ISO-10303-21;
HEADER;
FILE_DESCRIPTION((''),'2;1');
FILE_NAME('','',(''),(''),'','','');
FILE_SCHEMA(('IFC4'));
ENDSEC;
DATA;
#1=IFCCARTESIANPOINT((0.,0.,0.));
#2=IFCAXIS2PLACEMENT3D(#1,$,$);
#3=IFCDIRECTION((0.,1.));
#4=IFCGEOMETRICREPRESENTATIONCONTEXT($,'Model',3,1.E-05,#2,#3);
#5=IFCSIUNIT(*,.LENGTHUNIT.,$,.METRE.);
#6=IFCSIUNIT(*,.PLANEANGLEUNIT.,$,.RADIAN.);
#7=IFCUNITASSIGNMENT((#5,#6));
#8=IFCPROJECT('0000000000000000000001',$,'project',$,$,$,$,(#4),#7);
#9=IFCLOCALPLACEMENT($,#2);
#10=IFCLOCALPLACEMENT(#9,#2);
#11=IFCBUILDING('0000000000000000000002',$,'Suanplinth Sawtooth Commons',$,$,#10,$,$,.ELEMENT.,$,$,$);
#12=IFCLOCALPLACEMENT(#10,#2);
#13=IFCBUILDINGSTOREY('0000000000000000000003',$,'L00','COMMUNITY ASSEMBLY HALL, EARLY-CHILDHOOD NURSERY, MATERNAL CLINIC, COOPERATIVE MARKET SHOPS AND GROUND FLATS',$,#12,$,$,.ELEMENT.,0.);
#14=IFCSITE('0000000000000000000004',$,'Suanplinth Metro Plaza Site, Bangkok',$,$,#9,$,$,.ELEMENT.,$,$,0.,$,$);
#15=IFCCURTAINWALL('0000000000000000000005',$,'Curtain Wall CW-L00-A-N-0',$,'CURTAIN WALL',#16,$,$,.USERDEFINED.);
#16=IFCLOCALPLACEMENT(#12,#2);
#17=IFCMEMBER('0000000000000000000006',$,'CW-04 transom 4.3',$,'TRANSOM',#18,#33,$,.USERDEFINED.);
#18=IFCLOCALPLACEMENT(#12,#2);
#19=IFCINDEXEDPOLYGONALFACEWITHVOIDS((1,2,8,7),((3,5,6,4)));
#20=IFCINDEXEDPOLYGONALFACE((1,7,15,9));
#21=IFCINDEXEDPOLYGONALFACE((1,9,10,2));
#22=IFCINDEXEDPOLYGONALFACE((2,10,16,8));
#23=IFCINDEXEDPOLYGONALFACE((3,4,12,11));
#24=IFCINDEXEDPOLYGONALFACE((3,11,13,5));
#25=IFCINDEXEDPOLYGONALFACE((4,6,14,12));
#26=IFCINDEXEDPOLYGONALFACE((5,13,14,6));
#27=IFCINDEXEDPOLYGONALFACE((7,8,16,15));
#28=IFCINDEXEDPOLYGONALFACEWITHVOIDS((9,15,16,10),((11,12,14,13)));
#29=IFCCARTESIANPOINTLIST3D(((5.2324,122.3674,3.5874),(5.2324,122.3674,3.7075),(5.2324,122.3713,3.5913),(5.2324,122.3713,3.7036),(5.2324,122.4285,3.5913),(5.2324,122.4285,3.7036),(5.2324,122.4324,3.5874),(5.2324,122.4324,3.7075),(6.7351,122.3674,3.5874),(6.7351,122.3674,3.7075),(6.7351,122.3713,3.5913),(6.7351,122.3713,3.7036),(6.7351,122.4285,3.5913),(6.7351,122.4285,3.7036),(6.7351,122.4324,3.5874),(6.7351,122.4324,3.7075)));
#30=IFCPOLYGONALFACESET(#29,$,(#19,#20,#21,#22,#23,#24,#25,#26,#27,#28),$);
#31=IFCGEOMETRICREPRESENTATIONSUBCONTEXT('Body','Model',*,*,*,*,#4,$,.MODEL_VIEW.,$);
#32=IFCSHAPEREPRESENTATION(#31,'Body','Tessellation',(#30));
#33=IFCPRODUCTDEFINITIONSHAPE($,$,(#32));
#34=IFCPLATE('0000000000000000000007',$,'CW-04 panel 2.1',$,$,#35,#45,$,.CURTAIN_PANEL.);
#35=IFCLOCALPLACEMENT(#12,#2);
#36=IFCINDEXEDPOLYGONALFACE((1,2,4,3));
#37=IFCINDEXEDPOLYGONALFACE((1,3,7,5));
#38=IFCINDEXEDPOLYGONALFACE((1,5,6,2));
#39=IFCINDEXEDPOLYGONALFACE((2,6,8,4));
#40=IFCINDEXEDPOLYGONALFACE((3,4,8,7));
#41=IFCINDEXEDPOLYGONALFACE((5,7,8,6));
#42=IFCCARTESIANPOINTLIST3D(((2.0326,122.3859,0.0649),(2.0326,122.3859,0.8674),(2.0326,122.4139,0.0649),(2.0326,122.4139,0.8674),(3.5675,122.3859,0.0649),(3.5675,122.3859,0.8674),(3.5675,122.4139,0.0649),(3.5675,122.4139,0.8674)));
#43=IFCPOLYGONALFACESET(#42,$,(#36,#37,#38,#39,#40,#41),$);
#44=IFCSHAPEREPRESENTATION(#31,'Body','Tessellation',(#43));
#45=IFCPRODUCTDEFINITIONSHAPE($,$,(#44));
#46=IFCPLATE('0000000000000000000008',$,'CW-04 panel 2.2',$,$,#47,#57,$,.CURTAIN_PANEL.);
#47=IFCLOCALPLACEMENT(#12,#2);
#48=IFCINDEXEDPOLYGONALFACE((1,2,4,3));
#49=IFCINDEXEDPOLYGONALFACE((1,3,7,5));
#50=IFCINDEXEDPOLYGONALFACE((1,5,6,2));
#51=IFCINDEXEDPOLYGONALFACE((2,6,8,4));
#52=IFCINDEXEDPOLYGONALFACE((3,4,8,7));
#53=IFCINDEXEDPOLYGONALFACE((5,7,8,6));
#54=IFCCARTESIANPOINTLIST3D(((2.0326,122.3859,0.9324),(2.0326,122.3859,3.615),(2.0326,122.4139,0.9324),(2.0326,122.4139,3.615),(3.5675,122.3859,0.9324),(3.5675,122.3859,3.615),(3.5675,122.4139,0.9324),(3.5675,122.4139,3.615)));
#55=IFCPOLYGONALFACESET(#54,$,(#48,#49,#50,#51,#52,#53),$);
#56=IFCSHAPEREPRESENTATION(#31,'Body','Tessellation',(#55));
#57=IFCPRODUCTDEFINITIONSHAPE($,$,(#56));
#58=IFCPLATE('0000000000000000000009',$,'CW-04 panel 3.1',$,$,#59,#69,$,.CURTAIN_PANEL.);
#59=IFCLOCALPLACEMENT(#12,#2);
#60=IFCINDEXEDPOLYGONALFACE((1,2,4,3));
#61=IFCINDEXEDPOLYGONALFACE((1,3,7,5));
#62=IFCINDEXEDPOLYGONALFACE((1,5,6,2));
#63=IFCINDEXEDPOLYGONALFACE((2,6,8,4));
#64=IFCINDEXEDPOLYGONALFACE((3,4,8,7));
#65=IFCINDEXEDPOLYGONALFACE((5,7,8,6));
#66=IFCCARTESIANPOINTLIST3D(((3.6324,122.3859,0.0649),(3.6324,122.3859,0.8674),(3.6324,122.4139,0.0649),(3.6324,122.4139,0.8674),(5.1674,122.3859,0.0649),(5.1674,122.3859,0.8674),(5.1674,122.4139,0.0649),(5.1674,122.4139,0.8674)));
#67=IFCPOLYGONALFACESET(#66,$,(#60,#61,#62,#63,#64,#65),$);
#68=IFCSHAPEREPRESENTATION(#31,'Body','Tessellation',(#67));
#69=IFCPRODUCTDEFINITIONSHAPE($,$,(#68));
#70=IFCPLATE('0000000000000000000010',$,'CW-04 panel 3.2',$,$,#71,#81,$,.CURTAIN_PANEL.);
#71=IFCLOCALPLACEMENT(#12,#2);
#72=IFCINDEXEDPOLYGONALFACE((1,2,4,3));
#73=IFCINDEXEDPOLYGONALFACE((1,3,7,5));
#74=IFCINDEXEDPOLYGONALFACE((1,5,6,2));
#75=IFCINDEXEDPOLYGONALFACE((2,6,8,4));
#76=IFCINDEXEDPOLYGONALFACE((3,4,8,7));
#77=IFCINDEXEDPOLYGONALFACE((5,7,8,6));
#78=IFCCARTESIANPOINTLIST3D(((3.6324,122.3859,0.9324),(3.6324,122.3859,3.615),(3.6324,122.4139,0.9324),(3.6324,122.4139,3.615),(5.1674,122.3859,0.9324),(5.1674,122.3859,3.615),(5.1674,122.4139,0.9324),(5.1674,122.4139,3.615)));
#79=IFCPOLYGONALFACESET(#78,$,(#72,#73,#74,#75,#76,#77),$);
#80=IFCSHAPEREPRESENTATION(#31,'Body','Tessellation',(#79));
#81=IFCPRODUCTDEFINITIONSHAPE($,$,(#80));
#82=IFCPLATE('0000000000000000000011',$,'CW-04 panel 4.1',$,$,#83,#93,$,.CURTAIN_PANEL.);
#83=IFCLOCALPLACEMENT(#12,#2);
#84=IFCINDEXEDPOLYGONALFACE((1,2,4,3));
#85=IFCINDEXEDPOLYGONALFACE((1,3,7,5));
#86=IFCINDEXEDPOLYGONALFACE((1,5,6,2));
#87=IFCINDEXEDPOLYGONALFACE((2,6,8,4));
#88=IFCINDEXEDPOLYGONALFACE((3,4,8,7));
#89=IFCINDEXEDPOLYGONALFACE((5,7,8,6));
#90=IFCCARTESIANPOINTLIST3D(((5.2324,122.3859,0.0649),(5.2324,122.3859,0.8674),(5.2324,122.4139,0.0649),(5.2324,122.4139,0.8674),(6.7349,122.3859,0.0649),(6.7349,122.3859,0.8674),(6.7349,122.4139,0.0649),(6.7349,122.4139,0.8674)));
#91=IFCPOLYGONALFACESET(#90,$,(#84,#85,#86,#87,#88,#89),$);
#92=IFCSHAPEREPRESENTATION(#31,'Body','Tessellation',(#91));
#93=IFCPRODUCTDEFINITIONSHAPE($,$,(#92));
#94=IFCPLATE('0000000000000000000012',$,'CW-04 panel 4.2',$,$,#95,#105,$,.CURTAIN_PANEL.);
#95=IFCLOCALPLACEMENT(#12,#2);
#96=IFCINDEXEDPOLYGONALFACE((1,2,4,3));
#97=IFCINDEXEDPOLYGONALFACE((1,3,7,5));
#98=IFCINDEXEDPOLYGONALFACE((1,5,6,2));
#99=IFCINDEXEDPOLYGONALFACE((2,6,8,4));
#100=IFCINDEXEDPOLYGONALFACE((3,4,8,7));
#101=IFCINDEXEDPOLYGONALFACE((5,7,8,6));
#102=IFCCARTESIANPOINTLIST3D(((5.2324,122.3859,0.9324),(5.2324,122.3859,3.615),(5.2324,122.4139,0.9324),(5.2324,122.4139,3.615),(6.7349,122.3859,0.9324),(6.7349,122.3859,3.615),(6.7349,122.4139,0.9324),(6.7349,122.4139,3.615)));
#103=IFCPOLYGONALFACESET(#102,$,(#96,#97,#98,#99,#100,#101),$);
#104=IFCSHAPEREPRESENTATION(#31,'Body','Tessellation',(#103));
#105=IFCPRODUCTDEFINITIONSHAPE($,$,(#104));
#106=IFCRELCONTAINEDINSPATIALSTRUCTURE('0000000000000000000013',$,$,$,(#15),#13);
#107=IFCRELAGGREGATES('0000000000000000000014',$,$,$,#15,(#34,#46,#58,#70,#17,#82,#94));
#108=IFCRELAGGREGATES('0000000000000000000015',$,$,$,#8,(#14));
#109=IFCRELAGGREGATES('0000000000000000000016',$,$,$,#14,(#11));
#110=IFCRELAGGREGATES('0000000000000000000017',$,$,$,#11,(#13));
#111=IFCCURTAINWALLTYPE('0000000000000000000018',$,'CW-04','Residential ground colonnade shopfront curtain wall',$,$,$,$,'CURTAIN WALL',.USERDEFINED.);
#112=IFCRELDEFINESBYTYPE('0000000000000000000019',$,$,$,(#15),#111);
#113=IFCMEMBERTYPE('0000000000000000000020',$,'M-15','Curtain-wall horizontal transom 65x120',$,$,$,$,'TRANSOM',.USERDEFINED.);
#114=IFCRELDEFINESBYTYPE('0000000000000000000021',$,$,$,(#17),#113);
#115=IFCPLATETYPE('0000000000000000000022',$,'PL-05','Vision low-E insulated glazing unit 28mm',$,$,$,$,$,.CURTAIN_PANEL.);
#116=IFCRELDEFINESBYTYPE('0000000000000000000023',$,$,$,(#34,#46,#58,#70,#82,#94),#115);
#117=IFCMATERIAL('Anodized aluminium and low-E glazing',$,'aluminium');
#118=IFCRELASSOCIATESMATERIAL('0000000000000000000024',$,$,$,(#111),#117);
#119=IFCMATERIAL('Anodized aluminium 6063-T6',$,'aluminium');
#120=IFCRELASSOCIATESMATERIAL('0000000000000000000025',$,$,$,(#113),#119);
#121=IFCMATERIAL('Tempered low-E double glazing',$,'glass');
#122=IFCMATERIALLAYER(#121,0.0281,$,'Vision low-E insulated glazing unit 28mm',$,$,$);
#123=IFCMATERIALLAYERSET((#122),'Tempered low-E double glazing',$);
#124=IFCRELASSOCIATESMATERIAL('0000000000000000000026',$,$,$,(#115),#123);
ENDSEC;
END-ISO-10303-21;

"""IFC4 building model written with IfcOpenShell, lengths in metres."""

from ifc_helpers import new_model, si_unit, direction, frame, origin, origin_2d, place, context, subcontext, project, spatial, rectangle, hollow_rectangle, extrude, material, layer, layer_set, material_profile, profile_set, type_object, element, aggregate, save


model = new_model("IFC4")

# Units and contexts
model_context = context("Model", 3, precision=1e-05, world=origin(), true_north=direction((0.0, 1.0)))
body_context = subcontext(model_context, "Body", "Model", "MODEL_VIEW")
ifc_project = project(units=[si_unit("LENGTHUNIT", "METRE"), si_unit("PLANEANGLEUNIT", "RADIAN")], contexts=[model_context])

# Site, building, storey
site_placement = place(None, origin())
site = spatial("IfcSite", under=ifc_project, at=site_placement, Name="Suanplinth Metro Plaza Site, Bangkok", CompositionType="ELEMENT", RefElevation=0.0)
building_placement = place(site_placement, origin())
building = spatial("IfcBuilding", under=site, at=building_placement, Name="Suanplinth Sawtooth Commons", CompositionType="ELEMENT")
storey_placement = place(building_placement, origin())
storey = spatial("IfcBuildingStorey", under=building, at=storey_placement, Name="L00", Description="COMMUNITY ASSEMBLY HALL, EARLY-CHILDHOOD NURSERY, MATERNAL CLINIC, COOPERATIVE MARKET SHOPS AND GROUND FLATS", CompositionType="ELEMENT", Elevation=0.0)

# Curtain wall, member, plates
ifc_material_1 = material(Name="Anodized aluminium and low-E glazing", Category="aluminium")
curtain_wall_type = type_object("IfcCurtainWallType", Name="CW-04", Description="Residential ground colonnade shopfront curtain wall", ElementType="CURTAIN WALL", PredefinedType="USERDEFINED", material=ifc_material_1)
curtain_wall_placement = place(storey_placement, origin())
curtain_wall = element("IfcCurtainWall", 1, at=curtain_wall_placement, inside=storey, type_object=curtain_wall_type, Name="Curtain Wall CW-L00-A-N-0", ObjectType="CURTAIN WALL", PredefinedType="USERDEFINED")
ifc_material_2 = material(Name="Anodized aluminium 6063-T6", Category="aluminium")
ifc_material_profile_1 = material_profile(ifc_material_2, hollow_rectangle(XDim=0.0649, YDim=0.1201, WallThickness=0.0039, at=origin_2d()), Name="ALU-TRN 65x120")
ifc_profile_set_1 = profile_set([ifc_material_profile_1], Name="Anodized aluminium 6063-T6")
member_type_1 = type_object("IfcMemberType", Name="M-15", Description="Curtain-wall horizontal transom 65x120", ElementType="TRANSOM", PredefinedType="USERDEFINED", material=ifc_profile_set_1)
member_1_placement = place(storey_placement, frame((5.2324, 122.3999, 3.6475), z_axis=(1.0, 0.0, 0.0), x_axis=(0.0, 1.0, 0.0)))
member_1 = element("IfcMember", 2, at=member_1_placement, type_object=member_type_1, Name="CW-04 transom 4.3", ObjectType="TRANSOM", PredefinedType="USERDEFINED", context=body_context, shape_type="SweptSolid", body=[
    extrude(hollow_rectangle(XDim=0.0649, YDim=0.1201, WallThickness=0.0039, at=origin_2d()), origin(), (0.0, 0.0, 1.0), 1.5027),
])
ifc_material_3 = material(Name="Tempered low-E double glazing", Category="glass")
ifc_layer = layer(ifc_material_3, 0.0281, Name="Vision low-E insulated glazing unit 28mm")
ifc_layer_set = layer_set([ifc_layer], Name="Tempered low-E double glazing")
plate_type = type_object("IfcPlateType", Name="PL-05", Description="Vision low-E insulated glazing unit 28mm", PredefinedType="CURTAIN_PANEL", material=ifc_layer_set)
plate_1_placement = place(storey_placement, frame((2.8, 122.3999, 0.0649), z_axis=(0.0, 0.0, 1.0), x_axis=(1.0, 0.0, 0.0)))
plate_1 = element("IfcPlate", 3, at=plate_1_placement, type_object=plate_type, Name="CW-04 panel 2.1", PredefinedType="CURTAIN_PANEL", context=body_context, shape_type="SweptSolid", body=[
    extrude(rectangle(XDim=1.5349, YDim=0.0281, at=origin_2d()), origin(), (0.0, 0.0, 1.0), 0.8025),
])
plate_2_placement = place(storey_placement, frame((2.8, 122.3999, 0.9324), z_axis=(0.0, 0.0, 1.0), x_axis=(1.0, 0.0, 0.0)))
plate_2 = element("IfcPlate", 4, at=plate_2_placement, type_object=plate_type, Name="CW-04 panel 2.2", PredefinedType="CURTAIN_PANEL", context=body_context, shape_type="SweptSolid", body=[
    extrude(rectangle(XDim=1.5349, YDim=0.0281, at=origin_2d()), origin(), (0.0, 0.0, 1.0), 2.6826),
])
plate_3_placement = place(storey_placement, frame((4.3999, 122.3999, 0.0649), z_axis=(0.0, 0.0, 1.0), x_axis=(1.0, 0.0, 0.0)))
plate_3 = element("IfcPlate", 5, at=plate_3_placement, type_object=plate_type, Name="CW-04 panel 3.1", PredefinedType="CURTAIN_PANEL", context=body_context, shape_type="SweptSolid", body=[
    extrude(rectangle(XDim=1.5349, YDim=0.0281, at=origin_2d()), origin(), (0.0, 0.0, 1.0), 0.8025),
])
plate_4_placement = place(storey_placement, frame((4.3999, 122.3999, 0.9324), z_axis=(0.0, 0.0, 1.0), x_axis=(1.0, 0.0, 0.0)))
plate_4 = element("IfcPlate", 6, at=plate_4_placement, type_object=plate_type, Name="CW-04 panel 3.2", PredefinedType="CURTAIN_PANEL", context=body_context, shape_type="SweptSolid", body=[
    extrude(rectangle(XDim=1.5349, YDim=0.0281, at=origin_2d()), origin(), (0.0, 0.0, 1.0), 2.6826),
])
plate_5_placement = place(storey_placement, frame((5.9836, 122.3999, 0.0649), z_axis=(0.0, 0.0, 1.0), x_axis=(1.0, 0.0, 0.0)))
plate_5 = element("IfcPlate", 7, at=plate_5_placement, type_object=plate_type, Name="CW-04 panel 4.1", PredefinedType="CURTAIN_PANEL", context=body_context, shape_type="SweptSolid", body=[
    extrude(rectangle(XDim=1.5024, YDim=0.0281, at=origin_2d()), origin(), (0.0, 0.0, 1.0), 0.8025),
])
plate_6_placement = place(storey_placement, frame((5.9836, 122.3999, 0.9324), z_axis=(0.0, 0.0, 1.0), x_axis=(1.0, 0.0, 0.0)))
plate_6 = element("IfcPlate", 8, at=plate_6_placement, type_object=plate_type, Name="CW-04 panel 4.2", PredefinedType="CURTAIN_PANEL", context=body_context, shape_type="SweptSolid", body=[
    extrude(rectangle(XDim=1.5024, YDim=0.0281, at=origin_2d()), origin(), (0.0, 0.0, 1.0), 2.6826),
])
aggregate(curtain_wall, [plate_1, plate_2, plate_3, plate_4, member_1, plate_5, plate_6])

save(model, "model.ifc")
